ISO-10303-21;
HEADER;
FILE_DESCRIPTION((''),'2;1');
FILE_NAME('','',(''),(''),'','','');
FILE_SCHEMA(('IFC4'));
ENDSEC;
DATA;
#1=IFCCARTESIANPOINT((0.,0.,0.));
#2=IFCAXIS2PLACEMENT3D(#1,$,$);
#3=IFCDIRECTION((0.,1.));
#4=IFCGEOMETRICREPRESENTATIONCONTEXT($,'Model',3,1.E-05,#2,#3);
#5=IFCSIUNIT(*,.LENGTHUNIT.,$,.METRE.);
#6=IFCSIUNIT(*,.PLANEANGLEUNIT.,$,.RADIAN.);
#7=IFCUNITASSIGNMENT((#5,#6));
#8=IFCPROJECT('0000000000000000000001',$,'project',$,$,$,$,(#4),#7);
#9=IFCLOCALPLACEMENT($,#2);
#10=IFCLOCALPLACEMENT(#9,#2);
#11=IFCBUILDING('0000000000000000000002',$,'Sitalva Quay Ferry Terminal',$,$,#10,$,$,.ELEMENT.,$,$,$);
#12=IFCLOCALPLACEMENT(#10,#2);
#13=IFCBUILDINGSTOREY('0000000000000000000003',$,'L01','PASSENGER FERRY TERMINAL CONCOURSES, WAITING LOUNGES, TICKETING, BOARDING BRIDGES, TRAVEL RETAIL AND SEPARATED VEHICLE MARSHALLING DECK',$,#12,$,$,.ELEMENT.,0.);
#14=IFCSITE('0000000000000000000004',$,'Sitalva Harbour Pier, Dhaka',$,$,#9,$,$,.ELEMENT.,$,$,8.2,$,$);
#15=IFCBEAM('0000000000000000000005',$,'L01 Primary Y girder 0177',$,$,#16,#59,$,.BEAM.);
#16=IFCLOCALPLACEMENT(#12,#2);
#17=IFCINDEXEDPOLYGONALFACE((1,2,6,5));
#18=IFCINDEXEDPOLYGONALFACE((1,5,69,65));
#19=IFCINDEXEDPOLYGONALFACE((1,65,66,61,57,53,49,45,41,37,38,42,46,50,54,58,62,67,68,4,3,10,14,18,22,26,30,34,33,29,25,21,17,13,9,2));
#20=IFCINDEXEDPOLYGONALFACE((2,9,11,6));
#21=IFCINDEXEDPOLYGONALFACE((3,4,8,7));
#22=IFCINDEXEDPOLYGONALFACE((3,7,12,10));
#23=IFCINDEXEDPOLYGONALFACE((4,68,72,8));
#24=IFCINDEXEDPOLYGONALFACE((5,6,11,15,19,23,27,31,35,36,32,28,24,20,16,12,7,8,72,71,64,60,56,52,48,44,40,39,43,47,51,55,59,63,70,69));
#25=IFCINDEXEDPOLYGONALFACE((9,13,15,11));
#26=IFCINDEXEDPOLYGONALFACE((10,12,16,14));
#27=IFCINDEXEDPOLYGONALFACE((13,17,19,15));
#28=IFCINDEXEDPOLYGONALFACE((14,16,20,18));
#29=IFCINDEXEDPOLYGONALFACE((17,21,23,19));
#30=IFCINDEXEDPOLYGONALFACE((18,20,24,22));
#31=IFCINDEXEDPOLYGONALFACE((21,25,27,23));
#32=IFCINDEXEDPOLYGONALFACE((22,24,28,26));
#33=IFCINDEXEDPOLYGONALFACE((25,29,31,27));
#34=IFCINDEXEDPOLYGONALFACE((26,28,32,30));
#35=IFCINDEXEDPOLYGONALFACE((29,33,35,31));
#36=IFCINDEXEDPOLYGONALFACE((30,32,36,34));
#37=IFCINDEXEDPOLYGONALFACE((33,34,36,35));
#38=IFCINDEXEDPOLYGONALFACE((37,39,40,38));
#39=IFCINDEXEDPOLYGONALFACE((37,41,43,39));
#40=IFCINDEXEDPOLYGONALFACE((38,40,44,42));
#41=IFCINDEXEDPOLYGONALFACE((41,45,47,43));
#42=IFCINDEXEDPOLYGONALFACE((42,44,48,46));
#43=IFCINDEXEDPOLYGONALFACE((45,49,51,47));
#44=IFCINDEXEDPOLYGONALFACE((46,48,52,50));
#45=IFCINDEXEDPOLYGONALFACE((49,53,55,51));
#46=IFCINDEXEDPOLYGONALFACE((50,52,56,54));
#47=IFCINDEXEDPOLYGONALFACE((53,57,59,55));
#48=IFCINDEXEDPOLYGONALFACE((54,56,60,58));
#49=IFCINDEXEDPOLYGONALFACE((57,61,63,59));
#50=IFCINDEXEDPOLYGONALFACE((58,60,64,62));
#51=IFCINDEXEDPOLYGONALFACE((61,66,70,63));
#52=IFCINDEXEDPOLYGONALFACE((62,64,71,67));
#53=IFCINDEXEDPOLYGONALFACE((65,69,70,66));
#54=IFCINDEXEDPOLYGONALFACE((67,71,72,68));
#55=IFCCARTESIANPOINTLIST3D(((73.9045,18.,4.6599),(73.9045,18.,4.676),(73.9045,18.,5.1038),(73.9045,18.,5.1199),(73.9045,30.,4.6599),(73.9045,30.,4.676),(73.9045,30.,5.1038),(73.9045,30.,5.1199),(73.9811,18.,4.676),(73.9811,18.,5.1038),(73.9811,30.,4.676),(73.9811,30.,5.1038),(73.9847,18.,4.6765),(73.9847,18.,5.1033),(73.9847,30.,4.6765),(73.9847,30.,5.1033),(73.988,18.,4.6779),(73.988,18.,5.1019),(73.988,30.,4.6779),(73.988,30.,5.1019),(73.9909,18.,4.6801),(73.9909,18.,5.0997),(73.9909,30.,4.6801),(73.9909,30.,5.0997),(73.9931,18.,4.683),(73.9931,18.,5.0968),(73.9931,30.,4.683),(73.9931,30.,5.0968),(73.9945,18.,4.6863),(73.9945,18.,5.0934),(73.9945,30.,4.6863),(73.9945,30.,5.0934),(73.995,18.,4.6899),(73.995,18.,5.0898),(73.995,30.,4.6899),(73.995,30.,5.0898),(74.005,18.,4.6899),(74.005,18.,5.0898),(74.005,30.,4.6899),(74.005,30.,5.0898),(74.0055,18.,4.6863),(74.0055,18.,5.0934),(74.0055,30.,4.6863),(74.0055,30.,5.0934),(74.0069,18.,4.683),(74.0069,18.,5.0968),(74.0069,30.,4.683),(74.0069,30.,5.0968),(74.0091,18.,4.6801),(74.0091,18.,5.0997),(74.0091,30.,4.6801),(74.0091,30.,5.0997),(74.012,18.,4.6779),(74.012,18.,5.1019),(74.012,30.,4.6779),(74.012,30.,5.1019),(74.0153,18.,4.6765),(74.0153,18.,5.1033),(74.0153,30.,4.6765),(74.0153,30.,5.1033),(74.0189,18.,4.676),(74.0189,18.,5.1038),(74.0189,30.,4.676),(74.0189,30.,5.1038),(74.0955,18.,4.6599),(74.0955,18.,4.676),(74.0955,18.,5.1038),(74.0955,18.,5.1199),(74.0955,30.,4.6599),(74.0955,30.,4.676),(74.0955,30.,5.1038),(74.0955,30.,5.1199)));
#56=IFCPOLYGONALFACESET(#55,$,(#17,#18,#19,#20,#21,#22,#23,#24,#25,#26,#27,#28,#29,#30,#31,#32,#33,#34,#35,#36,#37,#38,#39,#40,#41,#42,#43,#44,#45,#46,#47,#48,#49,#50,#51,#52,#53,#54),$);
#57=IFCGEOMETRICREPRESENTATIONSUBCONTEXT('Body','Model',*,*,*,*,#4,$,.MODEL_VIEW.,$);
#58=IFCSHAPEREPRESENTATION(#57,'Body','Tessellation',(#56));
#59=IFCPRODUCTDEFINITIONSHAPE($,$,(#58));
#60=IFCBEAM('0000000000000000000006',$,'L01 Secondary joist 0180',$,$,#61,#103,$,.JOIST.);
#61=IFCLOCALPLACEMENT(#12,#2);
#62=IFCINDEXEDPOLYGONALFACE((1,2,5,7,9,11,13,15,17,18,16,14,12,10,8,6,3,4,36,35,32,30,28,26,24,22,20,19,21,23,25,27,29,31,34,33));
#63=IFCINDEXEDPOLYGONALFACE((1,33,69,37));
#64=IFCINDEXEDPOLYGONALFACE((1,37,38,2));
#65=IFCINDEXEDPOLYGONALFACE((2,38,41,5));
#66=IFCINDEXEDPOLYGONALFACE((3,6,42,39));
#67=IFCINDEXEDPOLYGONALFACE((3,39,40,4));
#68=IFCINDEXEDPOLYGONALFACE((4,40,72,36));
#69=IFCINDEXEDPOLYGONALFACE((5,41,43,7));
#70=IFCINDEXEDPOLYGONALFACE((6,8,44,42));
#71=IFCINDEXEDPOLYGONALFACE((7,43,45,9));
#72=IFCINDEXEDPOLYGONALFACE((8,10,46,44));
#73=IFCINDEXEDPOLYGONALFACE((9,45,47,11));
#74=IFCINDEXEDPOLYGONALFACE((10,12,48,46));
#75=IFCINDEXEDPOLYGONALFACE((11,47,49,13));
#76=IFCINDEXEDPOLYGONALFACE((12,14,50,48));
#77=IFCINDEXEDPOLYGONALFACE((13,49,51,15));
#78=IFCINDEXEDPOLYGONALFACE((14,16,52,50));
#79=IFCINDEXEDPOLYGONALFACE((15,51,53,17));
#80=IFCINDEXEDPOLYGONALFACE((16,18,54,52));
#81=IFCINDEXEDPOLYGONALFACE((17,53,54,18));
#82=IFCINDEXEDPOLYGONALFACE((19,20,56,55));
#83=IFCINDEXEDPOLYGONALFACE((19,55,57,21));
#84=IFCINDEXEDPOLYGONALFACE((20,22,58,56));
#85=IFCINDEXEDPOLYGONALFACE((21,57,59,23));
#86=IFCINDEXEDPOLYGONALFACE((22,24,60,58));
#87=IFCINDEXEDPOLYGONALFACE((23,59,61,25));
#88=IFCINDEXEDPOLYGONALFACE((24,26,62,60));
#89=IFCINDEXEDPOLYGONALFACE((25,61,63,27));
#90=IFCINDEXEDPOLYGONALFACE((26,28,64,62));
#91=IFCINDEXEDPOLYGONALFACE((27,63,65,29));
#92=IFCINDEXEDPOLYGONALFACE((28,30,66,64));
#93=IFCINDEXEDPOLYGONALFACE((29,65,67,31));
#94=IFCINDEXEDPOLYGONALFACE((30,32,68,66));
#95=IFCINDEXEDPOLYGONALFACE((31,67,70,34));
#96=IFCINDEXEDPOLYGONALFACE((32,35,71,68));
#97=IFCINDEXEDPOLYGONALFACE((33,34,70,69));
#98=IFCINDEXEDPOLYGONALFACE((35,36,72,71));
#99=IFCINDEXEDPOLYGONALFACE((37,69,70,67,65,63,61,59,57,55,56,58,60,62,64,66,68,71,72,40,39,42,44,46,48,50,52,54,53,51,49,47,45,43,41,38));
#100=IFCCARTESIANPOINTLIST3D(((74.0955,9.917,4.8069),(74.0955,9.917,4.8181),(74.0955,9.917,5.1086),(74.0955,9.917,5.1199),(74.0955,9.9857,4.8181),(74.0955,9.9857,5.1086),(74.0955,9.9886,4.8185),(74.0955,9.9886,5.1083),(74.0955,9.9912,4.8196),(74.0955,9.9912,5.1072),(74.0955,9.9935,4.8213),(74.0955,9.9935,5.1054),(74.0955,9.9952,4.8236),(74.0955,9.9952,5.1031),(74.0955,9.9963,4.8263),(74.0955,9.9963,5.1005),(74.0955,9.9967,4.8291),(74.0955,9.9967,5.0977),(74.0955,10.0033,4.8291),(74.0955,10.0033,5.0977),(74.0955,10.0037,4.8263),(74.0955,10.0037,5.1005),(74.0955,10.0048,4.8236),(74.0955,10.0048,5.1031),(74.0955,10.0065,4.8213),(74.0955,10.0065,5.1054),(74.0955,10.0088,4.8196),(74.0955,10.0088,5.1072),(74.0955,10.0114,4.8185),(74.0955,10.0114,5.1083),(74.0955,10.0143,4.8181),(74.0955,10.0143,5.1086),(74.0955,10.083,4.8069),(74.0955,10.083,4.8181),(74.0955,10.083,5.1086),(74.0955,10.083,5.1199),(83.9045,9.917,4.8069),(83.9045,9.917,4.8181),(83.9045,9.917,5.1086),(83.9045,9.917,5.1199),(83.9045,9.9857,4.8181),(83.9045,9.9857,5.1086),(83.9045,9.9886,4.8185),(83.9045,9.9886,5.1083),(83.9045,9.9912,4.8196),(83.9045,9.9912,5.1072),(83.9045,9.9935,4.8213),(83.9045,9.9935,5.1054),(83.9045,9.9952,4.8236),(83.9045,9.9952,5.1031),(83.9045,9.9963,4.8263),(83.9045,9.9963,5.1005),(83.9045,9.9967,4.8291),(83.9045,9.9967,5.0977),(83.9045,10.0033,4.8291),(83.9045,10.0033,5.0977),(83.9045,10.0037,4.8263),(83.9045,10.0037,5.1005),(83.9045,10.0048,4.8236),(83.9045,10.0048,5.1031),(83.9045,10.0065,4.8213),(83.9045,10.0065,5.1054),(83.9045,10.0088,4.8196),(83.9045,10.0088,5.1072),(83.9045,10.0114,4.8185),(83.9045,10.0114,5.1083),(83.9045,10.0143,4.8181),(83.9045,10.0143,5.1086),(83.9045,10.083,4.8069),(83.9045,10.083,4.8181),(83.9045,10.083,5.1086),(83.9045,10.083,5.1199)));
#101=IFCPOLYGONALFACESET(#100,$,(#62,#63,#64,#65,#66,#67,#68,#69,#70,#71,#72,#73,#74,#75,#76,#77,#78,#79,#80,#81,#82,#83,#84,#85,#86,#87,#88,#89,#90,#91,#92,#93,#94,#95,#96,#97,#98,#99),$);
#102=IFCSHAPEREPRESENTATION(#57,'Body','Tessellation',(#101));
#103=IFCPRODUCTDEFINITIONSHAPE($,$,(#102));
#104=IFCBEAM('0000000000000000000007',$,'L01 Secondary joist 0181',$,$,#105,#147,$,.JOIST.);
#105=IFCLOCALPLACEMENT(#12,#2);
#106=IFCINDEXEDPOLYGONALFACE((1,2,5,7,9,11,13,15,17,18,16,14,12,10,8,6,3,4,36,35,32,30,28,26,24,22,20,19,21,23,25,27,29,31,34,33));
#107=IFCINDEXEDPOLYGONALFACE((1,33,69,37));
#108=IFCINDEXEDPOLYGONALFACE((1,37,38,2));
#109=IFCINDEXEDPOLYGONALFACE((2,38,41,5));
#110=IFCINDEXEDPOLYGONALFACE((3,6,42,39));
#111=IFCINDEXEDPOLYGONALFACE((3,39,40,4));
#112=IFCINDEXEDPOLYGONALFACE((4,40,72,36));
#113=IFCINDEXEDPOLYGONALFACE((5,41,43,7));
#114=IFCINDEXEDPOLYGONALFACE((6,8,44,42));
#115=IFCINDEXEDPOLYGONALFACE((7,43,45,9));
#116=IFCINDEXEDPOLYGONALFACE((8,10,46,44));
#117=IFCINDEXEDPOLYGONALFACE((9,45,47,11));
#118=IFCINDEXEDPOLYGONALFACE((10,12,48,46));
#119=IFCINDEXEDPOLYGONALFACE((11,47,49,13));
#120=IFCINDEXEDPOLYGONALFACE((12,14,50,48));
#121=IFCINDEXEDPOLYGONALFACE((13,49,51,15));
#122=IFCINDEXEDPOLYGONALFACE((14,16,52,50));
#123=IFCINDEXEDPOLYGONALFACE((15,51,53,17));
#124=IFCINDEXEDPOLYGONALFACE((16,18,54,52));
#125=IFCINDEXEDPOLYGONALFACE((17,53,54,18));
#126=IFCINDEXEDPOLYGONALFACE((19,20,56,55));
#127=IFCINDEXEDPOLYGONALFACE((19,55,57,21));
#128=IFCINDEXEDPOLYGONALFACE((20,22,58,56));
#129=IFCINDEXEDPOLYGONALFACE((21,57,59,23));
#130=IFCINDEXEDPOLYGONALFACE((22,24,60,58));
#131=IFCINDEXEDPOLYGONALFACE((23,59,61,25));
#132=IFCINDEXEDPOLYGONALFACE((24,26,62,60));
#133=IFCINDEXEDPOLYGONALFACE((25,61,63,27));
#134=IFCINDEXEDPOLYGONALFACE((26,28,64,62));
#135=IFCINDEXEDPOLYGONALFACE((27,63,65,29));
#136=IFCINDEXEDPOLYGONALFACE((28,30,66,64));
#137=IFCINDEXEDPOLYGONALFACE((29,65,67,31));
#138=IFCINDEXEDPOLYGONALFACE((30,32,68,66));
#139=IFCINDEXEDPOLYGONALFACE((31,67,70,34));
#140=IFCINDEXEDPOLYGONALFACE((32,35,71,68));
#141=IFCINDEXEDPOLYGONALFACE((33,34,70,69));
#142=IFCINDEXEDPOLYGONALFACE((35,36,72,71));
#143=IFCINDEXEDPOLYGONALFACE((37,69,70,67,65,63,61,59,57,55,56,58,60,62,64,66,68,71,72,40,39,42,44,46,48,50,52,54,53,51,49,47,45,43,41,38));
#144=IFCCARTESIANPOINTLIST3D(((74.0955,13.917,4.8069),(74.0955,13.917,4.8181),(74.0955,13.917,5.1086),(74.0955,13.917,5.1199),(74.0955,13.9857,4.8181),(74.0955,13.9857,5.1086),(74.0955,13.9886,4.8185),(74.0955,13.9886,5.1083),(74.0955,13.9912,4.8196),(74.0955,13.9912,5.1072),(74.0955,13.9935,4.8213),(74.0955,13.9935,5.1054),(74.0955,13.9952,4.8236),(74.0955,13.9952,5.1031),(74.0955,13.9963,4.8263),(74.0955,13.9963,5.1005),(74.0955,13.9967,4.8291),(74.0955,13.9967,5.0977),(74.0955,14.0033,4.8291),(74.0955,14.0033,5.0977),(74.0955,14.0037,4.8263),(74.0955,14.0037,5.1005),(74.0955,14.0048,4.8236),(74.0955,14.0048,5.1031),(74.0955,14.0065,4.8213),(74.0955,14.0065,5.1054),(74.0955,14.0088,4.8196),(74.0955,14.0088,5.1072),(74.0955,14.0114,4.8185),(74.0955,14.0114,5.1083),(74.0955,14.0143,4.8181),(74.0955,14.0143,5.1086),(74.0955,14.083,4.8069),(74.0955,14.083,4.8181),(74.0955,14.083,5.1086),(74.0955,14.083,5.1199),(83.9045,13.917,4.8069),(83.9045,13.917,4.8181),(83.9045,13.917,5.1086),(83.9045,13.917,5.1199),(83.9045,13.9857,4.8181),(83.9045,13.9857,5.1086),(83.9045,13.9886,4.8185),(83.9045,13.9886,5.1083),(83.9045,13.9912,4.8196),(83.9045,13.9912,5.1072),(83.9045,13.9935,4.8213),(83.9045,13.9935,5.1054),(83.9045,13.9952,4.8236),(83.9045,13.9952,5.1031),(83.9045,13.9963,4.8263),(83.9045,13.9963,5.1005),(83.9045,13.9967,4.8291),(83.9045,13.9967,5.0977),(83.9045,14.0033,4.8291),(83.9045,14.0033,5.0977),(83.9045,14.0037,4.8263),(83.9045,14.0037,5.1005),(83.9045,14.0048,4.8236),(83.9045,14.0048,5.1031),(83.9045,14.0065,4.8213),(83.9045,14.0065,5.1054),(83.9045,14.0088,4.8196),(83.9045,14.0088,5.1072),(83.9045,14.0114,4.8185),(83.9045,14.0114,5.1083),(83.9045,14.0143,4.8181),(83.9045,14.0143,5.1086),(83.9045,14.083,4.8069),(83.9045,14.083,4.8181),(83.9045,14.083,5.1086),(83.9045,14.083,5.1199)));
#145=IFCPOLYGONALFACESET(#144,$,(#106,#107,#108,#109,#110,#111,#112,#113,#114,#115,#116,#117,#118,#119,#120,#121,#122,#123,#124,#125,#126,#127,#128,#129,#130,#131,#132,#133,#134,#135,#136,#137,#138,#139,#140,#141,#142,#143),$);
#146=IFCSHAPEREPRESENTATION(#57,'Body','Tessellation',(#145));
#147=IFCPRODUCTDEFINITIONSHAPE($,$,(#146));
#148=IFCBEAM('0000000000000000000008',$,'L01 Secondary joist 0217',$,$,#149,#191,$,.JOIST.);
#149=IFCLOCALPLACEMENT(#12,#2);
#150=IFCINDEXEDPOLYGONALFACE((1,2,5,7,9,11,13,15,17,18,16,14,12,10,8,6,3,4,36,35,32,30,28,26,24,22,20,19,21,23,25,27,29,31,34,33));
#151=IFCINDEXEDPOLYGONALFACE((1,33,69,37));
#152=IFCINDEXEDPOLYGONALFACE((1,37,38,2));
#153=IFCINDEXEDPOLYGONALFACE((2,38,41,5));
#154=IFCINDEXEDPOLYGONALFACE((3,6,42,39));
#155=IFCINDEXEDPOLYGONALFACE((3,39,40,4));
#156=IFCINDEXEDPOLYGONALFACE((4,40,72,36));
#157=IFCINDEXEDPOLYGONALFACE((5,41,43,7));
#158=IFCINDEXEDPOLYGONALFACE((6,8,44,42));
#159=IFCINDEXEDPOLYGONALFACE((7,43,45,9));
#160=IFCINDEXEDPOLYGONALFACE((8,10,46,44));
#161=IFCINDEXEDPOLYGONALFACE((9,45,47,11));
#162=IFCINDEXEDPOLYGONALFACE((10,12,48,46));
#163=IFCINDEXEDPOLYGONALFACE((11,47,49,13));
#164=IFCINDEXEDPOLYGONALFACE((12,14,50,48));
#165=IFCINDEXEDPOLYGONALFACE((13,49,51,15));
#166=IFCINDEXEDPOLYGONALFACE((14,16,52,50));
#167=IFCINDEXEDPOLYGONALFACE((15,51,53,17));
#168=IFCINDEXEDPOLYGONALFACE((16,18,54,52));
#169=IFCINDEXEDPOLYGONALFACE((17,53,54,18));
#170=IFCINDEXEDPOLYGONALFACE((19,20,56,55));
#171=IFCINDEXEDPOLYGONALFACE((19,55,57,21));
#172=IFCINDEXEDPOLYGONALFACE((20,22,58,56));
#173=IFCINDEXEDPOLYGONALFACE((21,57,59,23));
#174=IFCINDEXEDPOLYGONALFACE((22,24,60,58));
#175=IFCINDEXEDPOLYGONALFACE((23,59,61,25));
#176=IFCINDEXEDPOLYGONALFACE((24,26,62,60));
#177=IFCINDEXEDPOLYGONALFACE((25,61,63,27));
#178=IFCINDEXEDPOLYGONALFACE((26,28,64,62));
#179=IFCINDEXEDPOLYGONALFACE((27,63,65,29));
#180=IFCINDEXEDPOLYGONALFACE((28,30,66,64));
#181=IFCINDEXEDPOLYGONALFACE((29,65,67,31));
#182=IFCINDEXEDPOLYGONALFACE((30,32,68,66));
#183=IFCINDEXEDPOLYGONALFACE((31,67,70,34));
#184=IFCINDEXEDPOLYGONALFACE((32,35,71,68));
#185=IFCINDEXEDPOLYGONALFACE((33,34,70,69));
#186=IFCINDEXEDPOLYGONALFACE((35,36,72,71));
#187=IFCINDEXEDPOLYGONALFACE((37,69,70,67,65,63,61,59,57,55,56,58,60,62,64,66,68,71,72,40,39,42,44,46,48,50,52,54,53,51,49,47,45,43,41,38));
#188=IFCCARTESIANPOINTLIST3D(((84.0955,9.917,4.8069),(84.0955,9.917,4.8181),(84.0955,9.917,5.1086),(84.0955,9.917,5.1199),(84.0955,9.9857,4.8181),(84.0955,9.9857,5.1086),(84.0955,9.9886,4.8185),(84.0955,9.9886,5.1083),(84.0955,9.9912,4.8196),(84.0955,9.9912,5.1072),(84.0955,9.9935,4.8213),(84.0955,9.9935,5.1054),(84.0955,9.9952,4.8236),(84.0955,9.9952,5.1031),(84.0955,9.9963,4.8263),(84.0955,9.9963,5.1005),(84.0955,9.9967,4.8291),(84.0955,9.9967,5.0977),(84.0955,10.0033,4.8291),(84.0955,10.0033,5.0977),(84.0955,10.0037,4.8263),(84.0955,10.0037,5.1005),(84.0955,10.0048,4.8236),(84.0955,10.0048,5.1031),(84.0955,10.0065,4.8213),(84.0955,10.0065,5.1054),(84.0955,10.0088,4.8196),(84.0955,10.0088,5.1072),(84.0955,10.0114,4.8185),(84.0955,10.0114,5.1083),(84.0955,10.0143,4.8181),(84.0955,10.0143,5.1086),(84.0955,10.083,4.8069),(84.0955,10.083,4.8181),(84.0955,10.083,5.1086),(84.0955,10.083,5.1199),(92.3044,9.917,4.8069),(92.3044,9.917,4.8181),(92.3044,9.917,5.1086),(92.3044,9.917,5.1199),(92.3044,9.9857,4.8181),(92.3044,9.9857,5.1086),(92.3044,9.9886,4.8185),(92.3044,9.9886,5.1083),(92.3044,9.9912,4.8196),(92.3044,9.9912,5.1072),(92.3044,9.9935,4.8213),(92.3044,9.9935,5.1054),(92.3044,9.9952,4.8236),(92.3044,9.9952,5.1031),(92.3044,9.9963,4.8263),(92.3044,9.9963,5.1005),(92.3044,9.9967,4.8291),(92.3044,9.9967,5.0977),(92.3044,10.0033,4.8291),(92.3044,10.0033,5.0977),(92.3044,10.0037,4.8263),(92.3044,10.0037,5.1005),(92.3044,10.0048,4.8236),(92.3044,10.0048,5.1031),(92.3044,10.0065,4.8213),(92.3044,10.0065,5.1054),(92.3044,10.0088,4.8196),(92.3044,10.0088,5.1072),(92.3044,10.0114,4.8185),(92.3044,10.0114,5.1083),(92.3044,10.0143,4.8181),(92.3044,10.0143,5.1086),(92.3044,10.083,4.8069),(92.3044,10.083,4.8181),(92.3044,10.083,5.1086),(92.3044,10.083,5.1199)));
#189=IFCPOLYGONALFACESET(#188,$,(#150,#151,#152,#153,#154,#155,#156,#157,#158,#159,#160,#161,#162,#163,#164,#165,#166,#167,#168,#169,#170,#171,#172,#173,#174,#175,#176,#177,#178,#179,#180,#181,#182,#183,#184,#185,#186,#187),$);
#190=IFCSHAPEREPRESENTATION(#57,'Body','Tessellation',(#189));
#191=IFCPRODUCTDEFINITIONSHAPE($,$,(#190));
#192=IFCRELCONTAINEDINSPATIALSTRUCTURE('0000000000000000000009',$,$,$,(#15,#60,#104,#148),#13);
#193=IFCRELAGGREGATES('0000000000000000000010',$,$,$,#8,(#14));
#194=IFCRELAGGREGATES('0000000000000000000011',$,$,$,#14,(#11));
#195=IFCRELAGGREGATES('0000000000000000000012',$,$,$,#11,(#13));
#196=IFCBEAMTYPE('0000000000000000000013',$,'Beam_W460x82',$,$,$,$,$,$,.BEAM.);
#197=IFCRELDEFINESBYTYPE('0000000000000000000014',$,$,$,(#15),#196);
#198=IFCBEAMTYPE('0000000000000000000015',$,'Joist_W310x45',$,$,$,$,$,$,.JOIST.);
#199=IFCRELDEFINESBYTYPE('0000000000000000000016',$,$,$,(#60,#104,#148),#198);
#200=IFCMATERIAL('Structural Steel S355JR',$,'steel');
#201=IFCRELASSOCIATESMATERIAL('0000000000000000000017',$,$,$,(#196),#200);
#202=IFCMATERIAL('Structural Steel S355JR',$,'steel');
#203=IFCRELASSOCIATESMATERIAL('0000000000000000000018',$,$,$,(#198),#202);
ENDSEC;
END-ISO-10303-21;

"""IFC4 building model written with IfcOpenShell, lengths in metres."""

from ifc_helpers import new_model, si_unit, direction, frame, origin, origin_2d, place, context, subcontext, project, spatial, i_section, extrude, material, material_profile, profile_set, type_object, element, save


model = new_model("IFC4")

# Units and contexts
model_context = context("Model", 3, precision=1e-05, world=origin(), true_north=direction((0.0, 1.0)))
body_context = subcontext(model_context, "Body", "Model", "MODEL_VIEW")
ifc_project = project(units=[si_unit("LENGTHUNIT", "METRE"), si_unit("PLANEANGLEUNIT", "RADIAN")], contexts=[model_context])

# Site, building, storey
site_placement = place(None, origin())
site = spatial("IfcSite", under=ifc_project, at=site_placement, Name="Sitalva Harbour Pier, Dhaka", CompositionType="ELEMENT", RefElevation=8.2)
building_placement = place(site_placement, origin())
building = spatial("IfcBuilding", under=site, at=building_placement, Name="Sitalva Quay Ferry Terminal", CompositionType="ELEMENT")
storey_placement = place(building_placement, origin())
storey = spatial("IfcBuildingStorey", under=building, at=storey_placement, Name="L01", Description="PASSENGER FERRY TERMINAL CONCOURSES, WAITING LOUNGES, TICKETING, BOARDING BRIDGES, TRAVEL RETAIL AND SEPARATED VEHICLE MARSHALLING DECK", CompositionType="ELEMENT", Elevation=0.0)

# Beams
ifc_material_1 = material(Name="Structural Steel S355JR", Category="steel")
ifc_material_profile_1 = material_profile(ifc_material_1, i_section(OverallWidth=0.1909, OverallDepth=0.46, WebThickness=0.01, FlangeThickness=0.0161, FilletRadius=0.0139, at=origin_2d()), Name="W460x82")
ifc_profile_set_1 = profile_set([ifc_material_profile_1], Name="Structural Steel S355JR")
beam_type_1 = type_object("IfcBeamType", Name="Beam_W460x82", PredefinedType="BEAM", material=ifc_profile_set_1)
beam_1_placement = place(storey_placement, frame((74.0, 18.0, 4.8899), z_axis=(0.0, 1.0, 0.0), x_axis=(-1.0, 0.0, 0.0)))
element("IfcBeam", 1, at=beam_1_placement, inside=storey, type_object=beam_type_1, Name="L01 Primary Y girder 0177", PredefinedType="BEAM", context=body_context, shape_type="SweptSolid", body=[
    extrude(i_section(OverallWidth=0.1909, OverallDepth=0.46, WebThickness=0.01, FlangeThickness=0.0161, FilletRadius=0.0139, at=origin_2d()), origin(), (0.0, 0.0, 1.0), 12.0),
])
ifc_material_2 = material(Name="Structural Steel S355JR", Category="steel")
ifc_material_profile_2 = material_profile(ifc_material_2, i_section(OverallWidth=0.166, OverallDepth=0.313, WebThickness=0.0066, FlangeThickness=0.0112, FilletRadius=0.011, at=origin_2d()), Name="W310x45")
ifc_profile_set_2 = profile_set([ifc_material_profile_2], Name="Structural Steel S355JR")
beam_type_2 = type_object("IfcBeamType", Name="Joist_W310x45", PredefinedType="JOIST", material=ifc_profile_set_2)
for number, where, z_axis, x_axis, name in (
    (2, (74.0955, 10.0, 4.9634), (1.0, 0.0, 0.0), (0.0, 1.0, 0.0), "L01 Secondary joist 0180"),
    (3, (74.0955, 14.0, 4.9634), (1.0, 0.0, 0.0), (0.0, 1.0, 0.0), "L01 Secondary joist 0181"),
):
    element("IfcBeam", number, at=place(storey_placement, frame(where, z_axis=z_axis, x_axis=x_axis)), inside=storey, type_object=beam_type_2, Name=name, PredefinedType="JOIST", context=body_context, shape_type="SweptSolid", body=[
        extrude(i_section(OverallWidth=0.166, OverallDepth=0.313, WebThickness=0.0066, FlangeThickness=0.0112, FilletRadius=0.011, at=origin_2d()), origin(), (0.0, 0.0, 1.0), 9.8091),
    ])
for number, where, z_axis, x_axis, name in (
    (4, (84.0955, 10.0, 4.9634), (1.0, 0.0, 0.0), (0.0, 1.0, 0.0), "L01 Secondary joist 0217"),
):
    element("IfcBeam", number, at=place(storey_placement, frame(where, z_axis=z_axis, x_axis=x_axis)), inside=storey, type_object=beam_type_2, Name=name, PredefinedType="JOIST", context=body_context, shape_type="SweptSolid", body=[
        extrude(i_section(OverallWidth=0.166, OverallDepth=0.313, WebThickness=0.0066, FlangeThickness=0.0112, FilletRadius=0.011, at=origin_2d()), origin(), (0.0, 0.0, 1.0), 8.209),
    ])

save(model, "model.ifc")
